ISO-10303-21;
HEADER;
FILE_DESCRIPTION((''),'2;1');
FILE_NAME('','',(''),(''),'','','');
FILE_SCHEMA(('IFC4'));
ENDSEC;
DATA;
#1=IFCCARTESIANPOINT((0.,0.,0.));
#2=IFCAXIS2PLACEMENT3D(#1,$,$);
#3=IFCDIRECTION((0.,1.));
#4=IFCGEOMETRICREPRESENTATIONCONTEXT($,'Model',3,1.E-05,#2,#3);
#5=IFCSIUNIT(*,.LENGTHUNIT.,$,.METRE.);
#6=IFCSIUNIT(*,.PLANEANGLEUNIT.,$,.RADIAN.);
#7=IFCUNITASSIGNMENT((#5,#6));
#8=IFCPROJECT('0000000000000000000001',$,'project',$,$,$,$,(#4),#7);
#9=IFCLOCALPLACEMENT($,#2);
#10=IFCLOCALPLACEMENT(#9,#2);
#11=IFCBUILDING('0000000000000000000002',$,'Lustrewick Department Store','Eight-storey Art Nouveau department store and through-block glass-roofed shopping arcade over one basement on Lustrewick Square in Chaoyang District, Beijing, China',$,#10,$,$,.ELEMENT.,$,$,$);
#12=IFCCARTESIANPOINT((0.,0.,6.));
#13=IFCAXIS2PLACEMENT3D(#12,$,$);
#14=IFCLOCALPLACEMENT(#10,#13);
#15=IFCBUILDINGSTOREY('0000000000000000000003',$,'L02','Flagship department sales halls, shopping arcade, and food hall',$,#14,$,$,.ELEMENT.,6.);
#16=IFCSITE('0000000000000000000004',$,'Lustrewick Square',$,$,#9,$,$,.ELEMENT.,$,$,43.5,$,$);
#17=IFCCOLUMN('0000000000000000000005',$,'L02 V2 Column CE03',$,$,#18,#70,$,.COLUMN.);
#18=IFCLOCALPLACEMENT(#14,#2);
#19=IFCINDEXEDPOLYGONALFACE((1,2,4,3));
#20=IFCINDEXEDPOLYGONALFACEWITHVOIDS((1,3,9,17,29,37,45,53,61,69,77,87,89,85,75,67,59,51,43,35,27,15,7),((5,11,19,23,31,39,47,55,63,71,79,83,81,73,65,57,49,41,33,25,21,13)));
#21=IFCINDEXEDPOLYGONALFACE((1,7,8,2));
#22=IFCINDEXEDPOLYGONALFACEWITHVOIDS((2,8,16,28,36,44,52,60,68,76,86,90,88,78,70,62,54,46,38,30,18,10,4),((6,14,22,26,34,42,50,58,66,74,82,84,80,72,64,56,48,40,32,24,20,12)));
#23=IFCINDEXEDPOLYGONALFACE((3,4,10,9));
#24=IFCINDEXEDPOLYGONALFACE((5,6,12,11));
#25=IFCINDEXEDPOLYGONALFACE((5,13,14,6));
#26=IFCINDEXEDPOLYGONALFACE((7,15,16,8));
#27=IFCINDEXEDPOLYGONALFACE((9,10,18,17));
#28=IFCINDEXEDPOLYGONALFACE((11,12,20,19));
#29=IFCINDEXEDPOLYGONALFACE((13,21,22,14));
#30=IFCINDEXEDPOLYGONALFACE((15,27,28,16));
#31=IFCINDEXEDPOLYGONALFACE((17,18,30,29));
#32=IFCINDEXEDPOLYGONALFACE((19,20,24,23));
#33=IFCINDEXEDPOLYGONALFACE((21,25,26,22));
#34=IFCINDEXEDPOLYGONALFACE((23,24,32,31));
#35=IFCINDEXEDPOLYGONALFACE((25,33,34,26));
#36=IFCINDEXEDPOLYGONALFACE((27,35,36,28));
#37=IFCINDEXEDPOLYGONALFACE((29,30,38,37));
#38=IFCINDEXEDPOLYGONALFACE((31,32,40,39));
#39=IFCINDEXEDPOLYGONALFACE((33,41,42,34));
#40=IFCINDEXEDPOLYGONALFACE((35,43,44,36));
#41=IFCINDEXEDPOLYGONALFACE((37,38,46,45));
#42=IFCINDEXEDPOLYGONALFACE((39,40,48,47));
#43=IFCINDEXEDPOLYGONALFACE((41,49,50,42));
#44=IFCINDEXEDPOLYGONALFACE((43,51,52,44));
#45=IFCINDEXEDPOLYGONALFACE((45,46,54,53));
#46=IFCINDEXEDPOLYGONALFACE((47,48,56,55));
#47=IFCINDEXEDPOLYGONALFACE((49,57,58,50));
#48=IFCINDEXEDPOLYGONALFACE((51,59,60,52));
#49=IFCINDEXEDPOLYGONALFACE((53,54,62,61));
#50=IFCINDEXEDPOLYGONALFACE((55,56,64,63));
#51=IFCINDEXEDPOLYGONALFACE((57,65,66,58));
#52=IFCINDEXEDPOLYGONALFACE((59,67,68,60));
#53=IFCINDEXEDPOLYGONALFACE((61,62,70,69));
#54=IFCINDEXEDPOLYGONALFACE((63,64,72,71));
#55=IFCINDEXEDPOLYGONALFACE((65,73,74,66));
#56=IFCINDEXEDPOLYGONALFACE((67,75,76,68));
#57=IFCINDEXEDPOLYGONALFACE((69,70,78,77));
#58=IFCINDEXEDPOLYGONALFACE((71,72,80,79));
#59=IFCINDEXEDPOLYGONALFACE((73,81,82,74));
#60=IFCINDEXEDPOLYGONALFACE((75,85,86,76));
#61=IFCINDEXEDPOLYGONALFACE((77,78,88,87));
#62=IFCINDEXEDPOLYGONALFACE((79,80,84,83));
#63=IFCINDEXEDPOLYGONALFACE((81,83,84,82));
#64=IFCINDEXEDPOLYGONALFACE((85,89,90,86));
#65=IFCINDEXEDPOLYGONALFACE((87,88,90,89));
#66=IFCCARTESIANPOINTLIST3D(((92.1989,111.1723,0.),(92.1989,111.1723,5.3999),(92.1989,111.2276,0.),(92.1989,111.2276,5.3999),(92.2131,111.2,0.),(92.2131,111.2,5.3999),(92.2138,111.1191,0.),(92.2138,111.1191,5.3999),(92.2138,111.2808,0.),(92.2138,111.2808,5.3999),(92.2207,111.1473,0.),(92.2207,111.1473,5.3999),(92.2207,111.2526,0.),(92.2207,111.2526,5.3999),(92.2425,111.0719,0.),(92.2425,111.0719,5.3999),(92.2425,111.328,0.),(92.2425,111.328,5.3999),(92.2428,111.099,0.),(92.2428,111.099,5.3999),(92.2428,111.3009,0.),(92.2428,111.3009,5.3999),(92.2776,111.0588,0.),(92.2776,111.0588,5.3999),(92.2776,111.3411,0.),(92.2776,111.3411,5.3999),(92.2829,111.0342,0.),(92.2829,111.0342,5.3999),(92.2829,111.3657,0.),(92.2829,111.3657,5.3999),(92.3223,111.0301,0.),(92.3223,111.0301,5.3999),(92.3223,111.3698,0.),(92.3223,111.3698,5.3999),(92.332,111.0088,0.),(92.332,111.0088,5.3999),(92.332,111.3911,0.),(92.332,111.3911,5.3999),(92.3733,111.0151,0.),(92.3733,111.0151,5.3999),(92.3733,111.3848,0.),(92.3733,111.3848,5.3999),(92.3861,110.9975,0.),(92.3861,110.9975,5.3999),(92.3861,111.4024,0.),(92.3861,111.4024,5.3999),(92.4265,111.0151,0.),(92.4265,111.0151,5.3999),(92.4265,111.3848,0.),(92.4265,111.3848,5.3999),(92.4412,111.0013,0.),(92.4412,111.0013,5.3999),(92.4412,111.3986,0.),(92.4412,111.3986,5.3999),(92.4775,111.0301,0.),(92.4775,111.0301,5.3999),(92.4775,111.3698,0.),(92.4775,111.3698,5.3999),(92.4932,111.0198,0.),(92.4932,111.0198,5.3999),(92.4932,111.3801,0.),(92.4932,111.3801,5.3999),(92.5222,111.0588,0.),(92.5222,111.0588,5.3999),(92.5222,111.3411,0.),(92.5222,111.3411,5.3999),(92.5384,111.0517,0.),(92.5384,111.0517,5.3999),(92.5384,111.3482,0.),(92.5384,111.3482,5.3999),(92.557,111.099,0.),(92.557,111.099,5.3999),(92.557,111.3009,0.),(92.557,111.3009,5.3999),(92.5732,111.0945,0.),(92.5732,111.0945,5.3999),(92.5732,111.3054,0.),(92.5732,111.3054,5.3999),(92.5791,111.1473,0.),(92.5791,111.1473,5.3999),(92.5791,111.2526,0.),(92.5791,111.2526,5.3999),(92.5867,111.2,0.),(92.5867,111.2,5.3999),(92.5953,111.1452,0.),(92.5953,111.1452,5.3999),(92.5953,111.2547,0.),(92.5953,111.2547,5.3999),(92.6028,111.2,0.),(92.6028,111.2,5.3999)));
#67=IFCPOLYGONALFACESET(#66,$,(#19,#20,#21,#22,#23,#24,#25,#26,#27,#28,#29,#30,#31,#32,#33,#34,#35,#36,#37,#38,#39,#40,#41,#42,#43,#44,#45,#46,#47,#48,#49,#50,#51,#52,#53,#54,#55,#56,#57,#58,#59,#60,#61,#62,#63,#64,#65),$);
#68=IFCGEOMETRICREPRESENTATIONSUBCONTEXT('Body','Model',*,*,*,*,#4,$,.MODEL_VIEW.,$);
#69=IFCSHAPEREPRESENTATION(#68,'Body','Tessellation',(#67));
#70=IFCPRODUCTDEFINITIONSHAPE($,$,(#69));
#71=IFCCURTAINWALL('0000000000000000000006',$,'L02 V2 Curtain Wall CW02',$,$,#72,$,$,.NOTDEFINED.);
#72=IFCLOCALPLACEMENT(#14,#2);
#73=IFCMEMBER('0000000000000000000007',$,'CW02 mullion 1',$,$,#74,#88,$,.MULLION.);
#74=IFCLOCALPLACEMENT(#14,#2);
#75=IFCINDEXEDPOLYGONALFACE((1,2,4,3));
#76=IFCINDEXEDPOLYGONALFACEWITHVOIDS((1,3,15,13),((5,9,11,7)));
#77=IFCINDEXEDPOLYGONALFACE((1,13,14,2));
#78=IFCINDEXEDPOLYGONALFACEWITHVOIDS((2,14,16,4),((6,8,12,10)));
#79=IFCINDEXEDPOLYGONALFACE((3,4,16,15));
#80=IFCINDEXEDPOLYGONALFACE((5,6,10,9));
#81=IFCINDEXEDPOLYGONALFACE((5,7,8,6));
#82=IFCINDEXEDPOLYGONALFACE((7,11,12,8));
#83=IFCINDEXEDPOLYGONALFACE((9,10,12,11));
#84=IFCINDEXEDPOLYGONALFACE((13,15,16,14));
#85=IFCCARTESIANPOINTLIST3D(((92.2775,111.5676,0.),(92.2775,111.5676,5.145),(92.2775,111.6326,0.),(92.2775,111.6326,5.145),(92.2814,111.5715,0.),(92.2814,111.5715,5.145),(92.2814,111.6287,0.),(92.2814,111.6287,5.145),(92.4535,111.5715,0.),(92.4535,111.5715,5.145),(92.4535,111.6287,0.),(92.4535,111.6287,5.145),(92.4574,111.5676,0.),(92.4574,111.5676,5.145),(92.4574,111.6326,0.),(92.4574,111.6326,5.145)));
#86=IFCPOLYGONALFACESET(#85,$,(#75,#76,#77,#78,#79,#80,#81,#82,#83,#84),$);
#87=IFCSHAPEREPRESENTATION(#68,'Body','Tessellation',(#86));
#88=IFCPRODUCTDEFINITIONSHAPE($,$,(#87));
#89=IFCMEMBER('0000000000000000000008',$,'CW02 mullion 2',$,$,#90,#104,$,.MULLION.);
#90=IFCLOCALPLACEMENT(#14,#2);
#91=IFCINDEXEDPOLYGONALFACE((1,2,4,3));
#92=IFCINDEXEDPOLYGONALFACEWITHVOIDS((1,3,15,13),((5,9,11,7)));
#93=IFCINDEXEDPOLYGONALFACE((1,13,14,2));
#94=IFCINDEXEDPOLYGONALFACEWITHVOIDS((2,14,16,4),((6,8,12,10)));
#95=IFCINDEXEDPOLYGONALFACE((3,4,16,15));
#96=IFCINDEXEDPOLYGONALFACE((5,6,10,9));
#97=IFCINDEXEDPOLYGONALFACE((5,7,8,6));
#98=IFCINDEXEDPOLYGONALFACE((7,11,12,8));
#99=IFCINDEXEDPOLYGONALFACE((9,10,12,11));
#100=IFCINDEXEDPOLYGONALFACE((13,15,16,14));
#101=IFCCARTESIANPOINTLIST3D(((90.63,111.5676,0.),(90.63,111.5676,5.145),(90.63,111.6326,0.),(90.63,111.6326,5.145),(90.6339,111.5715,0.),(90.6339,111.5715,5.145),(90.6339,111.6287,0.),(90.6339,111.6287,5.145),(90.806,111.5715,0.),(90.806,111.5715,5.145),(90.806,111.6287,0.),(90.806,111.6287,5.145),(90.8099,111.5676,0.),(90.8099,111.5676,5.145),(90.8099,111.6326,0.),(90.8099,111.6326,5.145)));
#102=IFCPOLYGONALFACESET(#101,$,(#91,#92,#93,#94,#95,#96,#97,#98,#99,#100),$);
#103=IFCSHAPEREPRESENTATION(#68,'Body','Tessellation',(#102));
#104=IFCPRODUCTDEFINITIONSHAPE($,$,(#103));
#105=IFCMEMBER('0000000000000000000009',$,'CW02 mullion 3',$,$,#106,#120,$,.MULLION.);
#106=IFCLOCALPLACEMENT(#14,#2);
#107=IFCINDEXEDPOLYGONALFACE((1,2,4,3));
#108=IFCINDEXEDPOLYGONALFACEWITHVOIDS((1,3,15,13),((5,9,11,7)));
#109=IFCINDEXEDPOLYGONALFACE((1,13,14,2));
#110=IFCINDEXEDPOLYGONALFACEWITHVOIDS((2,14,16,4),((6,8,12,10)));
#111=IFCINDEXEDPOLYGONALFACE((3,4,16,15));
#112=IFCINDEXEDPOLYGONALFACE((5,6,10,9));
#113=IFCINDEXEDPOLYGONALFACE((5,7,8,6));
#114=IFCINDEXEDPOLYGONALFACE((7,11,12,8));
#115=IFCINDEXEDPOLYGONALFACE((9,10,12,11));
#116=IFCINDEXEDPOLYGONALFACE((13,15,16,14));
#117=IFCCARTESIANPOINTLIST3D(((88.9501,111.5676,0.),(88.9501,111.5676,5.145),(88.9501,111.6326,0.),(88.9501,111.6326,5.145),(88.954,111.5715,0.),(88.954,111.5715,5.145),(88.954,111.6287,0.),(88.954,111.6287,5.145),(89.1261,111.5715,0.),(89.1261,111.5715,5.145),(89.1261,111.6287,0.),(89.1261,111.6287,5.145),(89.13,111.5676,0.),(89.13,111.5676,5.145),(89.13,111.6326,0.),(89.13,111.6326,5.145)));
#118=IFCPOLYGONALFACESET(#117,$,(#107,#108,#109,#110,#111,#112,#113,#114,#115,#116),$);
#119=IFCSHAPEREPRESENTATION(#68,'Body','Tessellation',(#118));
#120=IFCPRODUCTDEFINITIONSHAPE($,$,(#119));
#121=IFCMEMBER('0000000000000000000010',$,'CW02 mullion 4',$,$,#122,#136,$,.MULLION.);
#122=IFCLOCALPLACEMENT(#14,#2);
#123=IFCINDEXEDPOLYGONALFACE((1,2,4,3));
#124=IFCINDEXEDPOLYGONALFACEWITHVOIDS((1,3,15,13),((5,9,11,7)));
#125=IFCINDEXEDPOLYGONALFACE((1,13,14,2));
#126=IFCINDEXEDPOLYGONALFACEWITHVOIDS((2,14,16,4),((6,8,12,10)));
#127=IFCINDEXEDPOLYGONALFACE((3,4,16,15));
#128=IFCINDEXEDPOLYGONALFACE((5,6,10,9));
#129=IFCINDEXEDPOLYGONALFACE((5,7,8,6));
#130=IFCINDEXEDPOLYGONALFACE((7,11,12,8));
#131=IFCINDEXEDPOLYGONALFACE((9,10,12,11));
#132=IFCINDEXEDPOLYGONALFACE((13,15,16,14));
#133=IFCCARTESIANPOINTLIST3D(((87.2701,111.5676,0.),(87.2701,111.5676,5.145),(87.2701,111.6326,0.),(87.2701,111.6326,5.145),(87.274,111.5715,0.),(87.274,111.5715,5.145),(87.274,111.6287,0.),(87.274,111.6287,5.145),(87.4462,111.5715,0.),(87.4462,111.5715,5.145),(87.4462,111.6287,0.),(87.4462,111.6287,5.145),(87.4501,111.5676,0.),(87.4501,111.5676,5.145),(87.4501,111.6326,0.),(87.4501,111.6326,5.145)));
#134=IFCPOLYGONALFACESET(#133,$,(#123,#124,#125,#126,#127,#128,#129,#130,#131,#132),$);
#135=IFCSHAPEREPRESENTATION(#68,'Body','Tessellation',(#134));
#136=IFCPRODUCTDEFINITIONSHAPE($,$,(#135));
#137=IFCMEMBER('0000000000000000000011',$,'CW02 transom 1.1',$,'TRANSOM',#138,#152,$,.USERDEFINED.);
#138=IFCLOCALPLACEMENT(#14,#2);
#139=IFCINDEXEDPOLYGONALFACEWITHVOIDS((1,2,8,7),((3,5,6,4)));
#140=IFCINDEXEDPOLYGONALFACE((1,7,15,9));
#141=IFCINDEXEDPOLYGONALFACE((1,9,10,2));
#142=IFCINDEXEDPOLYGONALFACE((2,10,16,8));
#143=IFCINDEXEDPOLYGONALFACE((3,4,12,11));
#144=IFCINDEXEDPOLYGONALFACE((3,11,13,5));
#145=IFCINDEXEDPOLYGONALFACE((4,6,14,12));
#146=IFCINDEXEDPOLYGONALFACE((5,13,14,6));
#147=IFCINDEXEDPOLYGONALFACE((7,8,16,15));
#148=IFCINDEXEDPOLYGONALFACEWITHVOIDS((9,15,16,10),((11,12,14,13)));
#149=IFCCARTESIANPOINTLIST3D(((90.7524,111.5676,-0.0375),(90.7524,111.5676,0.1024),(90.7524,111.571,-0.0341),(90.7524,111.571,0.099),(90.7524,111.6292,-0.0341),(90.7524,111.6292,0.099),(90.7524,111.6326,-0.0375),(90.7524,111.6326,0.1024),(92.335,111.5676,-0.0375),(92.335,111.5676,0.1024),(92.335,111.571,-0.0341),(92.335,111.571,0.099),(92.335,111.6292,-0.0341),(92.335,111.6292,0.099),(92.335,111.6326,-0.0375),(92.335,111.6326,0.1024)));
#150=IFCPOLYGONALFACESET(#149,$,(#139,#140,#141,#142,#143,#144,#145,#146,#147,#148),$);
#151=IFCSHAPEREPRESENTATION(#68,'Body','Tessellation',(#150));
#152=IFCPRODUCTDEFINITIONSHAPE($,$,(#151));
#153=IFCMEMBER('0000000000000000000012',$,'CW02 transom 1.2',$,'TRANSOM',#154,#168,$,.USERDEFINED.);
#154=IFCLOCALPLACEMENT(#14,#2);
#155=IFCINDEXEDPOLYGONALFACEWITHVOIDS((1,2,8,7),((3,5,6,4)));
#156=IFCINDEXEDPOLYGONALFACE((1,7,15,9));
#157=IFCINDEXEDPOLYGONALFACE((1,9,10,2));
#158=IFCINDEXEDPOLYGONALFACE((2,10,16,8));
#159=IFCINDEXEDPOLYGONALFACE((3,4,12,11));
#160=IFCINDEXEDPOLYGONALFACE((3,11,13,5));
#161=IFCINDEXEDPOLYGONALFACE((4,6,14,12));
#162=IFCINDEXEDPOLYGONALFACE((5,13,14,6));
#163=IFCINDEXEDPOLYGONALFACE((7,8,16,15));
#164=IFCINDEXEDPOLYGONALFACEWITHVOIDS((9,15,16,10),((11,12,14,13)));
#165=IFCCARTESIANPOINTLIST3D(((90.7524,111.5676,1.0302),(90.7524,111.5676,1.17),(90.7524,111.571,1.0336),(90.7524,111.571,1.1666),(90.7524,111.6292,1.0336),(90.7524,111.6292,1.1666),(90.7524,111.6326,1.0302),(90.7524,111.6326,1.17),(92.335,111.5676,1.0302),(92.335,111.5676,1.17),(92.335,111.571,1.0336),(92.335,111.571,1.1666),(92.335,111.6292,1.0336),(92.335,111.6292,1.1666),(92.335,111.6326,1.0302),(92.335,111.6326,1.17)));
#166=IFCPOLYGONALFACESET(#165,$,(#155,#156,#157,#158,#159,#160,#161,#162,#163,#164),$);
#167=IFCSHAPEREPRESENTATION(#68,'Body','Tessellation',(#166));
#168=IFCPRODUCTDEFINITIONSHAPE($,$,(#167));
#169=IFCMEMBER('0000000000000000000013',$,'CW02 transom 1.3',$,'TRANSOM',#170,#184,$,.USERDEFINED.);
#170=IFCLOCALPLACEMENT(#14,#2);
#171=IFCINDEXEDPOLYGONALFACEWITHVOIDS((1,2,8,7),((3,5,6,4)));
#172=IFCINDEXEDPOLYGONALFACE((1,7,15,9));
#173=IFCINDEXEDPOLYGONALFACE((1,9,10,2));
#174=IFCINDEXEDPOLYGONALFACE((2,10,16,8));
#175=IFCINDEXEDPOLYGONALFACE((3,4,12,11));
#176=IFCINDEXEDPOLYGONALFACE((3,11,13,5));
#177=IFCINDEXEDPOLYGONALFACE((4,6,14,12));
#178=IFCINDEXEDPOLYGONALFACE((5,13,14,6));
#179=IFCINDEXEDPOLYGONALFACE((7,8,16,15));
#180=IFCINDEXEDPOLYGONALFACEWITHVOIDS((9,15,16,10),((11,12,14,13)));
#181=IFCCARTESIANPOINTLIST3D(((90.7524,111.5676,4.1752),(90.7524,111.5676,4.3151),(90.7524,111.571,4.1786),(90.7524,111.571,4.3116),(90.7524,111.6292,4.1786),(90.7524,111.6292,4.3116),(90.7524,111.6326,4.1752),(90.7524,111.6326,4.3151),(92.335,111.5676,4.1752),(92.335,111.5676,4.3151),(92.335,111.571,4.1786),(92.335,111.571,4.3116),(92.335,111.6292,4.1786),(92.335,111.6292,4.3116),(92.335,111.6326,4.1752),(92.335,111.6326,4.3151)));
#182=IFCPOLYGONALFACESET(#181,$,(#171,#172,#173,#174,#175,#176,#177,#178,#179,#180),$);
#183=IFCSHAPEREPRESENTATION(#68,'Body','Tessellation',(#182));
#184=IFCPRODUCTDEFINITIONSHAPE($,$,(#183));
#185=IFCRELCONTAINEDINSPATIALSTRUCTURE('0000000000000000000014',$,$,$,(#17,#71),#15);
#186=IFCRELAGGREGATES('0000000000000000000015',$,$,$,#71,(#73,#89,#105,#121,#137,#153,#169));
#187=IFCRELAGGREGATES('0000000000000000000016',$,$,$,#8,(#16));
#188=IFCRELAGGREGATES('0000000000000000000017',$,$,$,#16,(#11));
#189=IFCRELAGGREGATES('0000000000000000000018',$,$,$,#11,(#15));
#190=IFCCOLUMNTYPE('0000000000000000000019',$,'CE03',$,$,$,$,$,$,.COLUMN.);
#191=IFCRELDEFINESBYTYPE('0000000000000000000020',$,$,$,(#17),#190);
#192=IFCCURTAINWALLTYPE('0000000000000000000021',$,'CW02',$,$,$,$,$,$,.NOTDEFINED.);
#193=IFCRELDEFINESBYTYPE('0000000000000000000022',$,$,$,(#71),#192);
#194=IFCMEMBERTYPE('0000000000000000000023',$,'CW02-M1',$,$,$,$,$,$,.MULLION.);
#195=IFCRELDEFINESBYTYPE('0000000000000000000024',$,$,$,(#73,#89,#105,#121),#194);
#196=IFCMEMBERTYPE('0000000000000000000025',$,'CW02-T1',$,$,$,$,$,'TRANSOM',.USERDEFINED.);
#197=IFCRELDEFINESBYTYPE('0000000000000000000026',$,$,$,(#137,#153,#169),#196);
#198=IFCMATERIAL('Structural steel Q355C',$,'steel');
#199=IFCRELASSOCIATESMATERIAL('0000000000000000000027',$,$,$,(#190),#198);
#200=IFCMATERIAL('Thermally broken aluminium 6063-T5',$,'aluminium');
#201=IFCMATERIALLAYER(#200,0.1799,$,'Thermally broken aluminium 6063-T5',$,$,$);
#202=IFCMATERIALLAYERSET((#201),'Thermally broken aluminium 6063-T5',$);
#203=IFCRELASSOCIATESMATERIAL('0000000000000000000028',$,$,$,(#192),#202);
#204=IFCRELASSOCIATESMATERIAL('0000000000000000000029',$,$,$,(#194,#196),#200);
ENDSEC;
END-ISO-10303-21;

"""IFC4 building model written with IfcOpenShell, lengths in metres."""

from ifc_helpers import new_model, si_unit, direction, frame, origin, origin_2d, place, context, subcontext, project, spatial, hollow_rectangle, hollow_circle, extrude, material, layer, layer_set, material_profile, profile_set, type_object, element, aggregate, save


model = new_model("IFC4")

# Units and contexts
model_context = context("Model", 3, precision=1e-05, world=origin(), true_north=direction((0.0, 1.0)))
body_context = subcontext(model_context, "Body", "Model", "MODEL_VIEW")
ifc_project = project(units=[si_unit("LENGTHUNIT", "METRE"), si_unit("PLANEANGLEUNIT", "RADIAN")], contexts=[model_context])

# Site, building, storey
site_placement = place(None, origin())
site = spatial("IfcSite", under=ifc_project, at=site_placement, Name="Lustrewick Square", CompositionType="ELEMENT", RefElevation=43.5)
building_placement = place(site_placement, origin())
building = spatial("IfcBuilding", under=site, at=building_placement, Name="Lustrewick Department Store", Description="Eight-storey Art Nouveau department store and through-block glass-roofed shopping arcade over one basement on Lustrewick Square in Chaoyang District, Beijing, China", CompositionType="ELEMENT")
storey_placement = place(building_placement, frame((0.0, 0.0, 6.0)))
storey = spatial("IfcBuildingStorey", under=building, at=storey_placement, Name="L02", Description="Flagship department sales halls, shopping arcade, and food hall", CompositionType="ELEMENT", Elevation=6.0)

# Column
ifc_material_1 = material(Name="Structural steel Q355C", Category="steel")
ifc_material_profile_1 = material_profile(ifc_material_1, hollow_circle(Radius=0.2029, WallThickness=0.0161, at=origin_2d()), Name="CHS 406x16")
ifc_profile_set_1 = profile_set([ifc_material_profile_1], Name="Structural steel Q355C")
column_type = type_object("IfcColumnType", Name="CE03", PredefinedType="COLUMN", material=ifc_profile_set_1)
column_placement = place(storey_placement, frame((92.3999, 111.2, 0.0), z_axis=(0.0, 0.0, 1.0), x_axis=(1.0, 0.0, 0.0)))
element("IfcColumn", 1, at=column_placement, inside=storey, type_object=column_type, Name="L02 V2 Column CE03", PredefinedType="COLUMN", context=body_context, shape_type="SweptSolid", body=[
    extrude(hollow_circle(Radius=0.2029, WallThickness=0.0161, at=origin_2d()), origin(), (0.0, 0.0, 1.0), 5.3999),
])

# Curtain wall, members
ifc_material_2 = material(Name="Thermally broken aluminium 6063-T5", Category="aluminium")
ifc_layer_1 = layer(ifc_material_2, 0.1799, Name="Thermally broken aluminium 6063-T5")
ifc_layer_set_1 = layer_set([ifc_layer_1], Name="Thermally broken aluminium 6063-T5")
curtain_wall_type = type_object("IfcCurtainWallType", Name="CW02", PredefinedType="NOTDEFINED", material=ifc_layer_set_1)
curtain_wall_placement = place(storey_placement, origin())
curtain_wall = element("IfcCurtainWall", 2, at=curtain_wall_placement, inside=storey, type_object=curtain_wall_type, Name="L02 V2 Curtain Wall CW02", PredefinedType="NOTDEFINED")
ifc_material_profile_2 = material_profile(ifc_material_2, hollow_rectangle(XDim=0.0649, YDim=0.1799, WallThickness=0.0039, at=origin_2d()), Name="ALU-M 65x180x4")
ifc_profile_set_2 = profile_set([ifc_material_profile_2], Name="Thermally broken aluminium 6063-T5")
member_type_1 = type_object("IfcMemberType", Name="CW02-M1", PredefinedType="MULLION", material=ifc_profile_set_2)
member_1_placement = place(storey_placement, frame((92.3674, 111.6001, 0.0), z_axis=(0.0, 0.0, 1.0), x_axis=(0.0, -1.0, 0.0)))
member_1 = element("IfcMember", 3, at=member_1_placement, type_object=member_type_1, Name="CW02 mullion 1", PredefinedType="MULLION", context=body_context, shape_type="SweptSolid", body=[
    extrude(hollow_rectangle(XDim=0.0649, YDim=0.1799, WallThickness=0.0039, at=origin_2d()), origin(), (0.0, 0.0, 1.0), 5.145),
])
member_2_placement = place(storey_placement, frame((90.72, 111.6001, 0.0), z_axis=(0.0, 0.0, 1.0), x_axis=(0.0, -1.0, 0.0)))
member_2 = element("IfcMember", 4, at=member_2_placement, type_object=member_type_1, Name="CW02 mullion 2", PredefinedType="MULLION", context=body_context, shape_type="SweptSolid", body=[
    extrude(hollow_rectangle(XDim=0.0649, YDim=0.1799, WallThickness=0.0039, at=origin_2d()), origin(), (0.0, 0.0, 1.0), 5.145),
])
member_3_placement = place(storey_placement, frame((89.04, 111.6001, 0.0), z_axis=(0.0, 0.0, 1.0), x_axis=(0.0, -1.0, 0.0)))
member_3 = element("IfcMember", 5, at=member_3_placement, type_object=member_type_1, Name="CW02 mullion 3", PredefinedType="MULLION", context=body_context, shape_type="SweptSolid", body=[
    extrude(hollow_rectangle(XDim=0.0649, YDim=0.1799, WallThickness=0.0039, at=origin_2d()), origin(), (0.0, 0.0, 1.0), 5.145),
])
member_4_placement = place(storey_placement, frame((87.3601, 111.6001, 0.0), z_axis=(0.0, 0.0, 1.0), x_axis=(0.0, -1.0, 0.0)))
member_4 = element("IfcMember", 6, at=member_4_placement, type_object=member_type_1, Name="CW02 mullion 4", PredefinedType="MULLION", context=body_context, shape_type="SweptSolid", body=[
    extrude(hollow_rectangle(XDim=0.0649, YDim=0.1799, WallThickness=0.0039, at=origin_2d()), origin(), (0.0, 0.0, 1.0), 5.145),
])
ifc_material_profile_3 = material_profile(ifc_material_2, hollow_rectangle(XDim=0.0649, YDim=0.1399, WallThickness=0.0034, at=origin_2d()), Name="ALU-T 65x140x3.5")
ifc_profile_set_3 = profile_set([ifc_material_profile_3], Name="Thermally broken aluminium 6063-T5")
member_type_2 = type_object("IfcMemberType", Name="CW02-T1", ElementType="TRANSOM", PredefinedType="USERDEFINED", material=ifc_profile_set_3)
member_5_placement = place(storey_placement, frame((92.335, 111.6001, 0.0325), z_axis=(-1.0, 0.0, 0.0), x_axis=(0.0, -1.0, 0.0)))
member_5 = element("IfcMember", 7, at=member_5_placement, type_object=member_type_2, Name="CW02 transom 1.1", ObjectType="TRANSOM", PredefinedType="USERDEFINED", context=body_context, shape_type="SweptSolid", body=[
    extrude(hollow_rectangle(XDim=0.0649, YDim=0.1399, WallThickness=0.0034, at=origin_2d()), origin(), (0.0, 0.0, 1.0), 1.5825),
])
member_6_placement = place(storey_placement, frame((92.335, 111.6001, 1.1001), z_axis=(-1.0, 0.0, 0.0), x_axis=(0.0, -1.0, 0.0)))
member_6 = element("IfcMember", 8, at=member_6_placement, type_object=member_type_2, Name="CW02 transom 1.2", ObjectType="TRANSOM", PredefinedType="USERDEFINED", context=body_context, shape_type="SweptSolid", body=[
    extrude(hollow_rectangle(XDim=0.0649, YDim=0.1399, WallThickness=0.0034, at=origin_2d()), origin(), (0.0, 0.0, 1.0), 1.5825),
])
member_7_placement = place(storey_placement, frame((92.335, 111.6001, 4.2451), z_axis=(-1.0, 0.0, 0.0), x_axis=(0.0, -1.0, 0.0)))
member_7 = element("IfcMember", 9, at=member_7_placement, type_object=member_type_2, Name="CW02 transom 1.3", ObjectType="TRANSOM", PredefinedType="USERDEFINED", context=body_context, shape_type="SweptSolid", body=[
    extrude(hollow_rectangle(XDim=0.0649, YDim=0.1399, WallThickness=0.0034, at=origin_2d()), origin(), (0.0, 0.0, 1.0), 1.5825),
])
aggregate(curtain_wall, [member_1, member_2, member_3, member_4, member_5, member_6, member_7])

save(model, "model.ifc")
